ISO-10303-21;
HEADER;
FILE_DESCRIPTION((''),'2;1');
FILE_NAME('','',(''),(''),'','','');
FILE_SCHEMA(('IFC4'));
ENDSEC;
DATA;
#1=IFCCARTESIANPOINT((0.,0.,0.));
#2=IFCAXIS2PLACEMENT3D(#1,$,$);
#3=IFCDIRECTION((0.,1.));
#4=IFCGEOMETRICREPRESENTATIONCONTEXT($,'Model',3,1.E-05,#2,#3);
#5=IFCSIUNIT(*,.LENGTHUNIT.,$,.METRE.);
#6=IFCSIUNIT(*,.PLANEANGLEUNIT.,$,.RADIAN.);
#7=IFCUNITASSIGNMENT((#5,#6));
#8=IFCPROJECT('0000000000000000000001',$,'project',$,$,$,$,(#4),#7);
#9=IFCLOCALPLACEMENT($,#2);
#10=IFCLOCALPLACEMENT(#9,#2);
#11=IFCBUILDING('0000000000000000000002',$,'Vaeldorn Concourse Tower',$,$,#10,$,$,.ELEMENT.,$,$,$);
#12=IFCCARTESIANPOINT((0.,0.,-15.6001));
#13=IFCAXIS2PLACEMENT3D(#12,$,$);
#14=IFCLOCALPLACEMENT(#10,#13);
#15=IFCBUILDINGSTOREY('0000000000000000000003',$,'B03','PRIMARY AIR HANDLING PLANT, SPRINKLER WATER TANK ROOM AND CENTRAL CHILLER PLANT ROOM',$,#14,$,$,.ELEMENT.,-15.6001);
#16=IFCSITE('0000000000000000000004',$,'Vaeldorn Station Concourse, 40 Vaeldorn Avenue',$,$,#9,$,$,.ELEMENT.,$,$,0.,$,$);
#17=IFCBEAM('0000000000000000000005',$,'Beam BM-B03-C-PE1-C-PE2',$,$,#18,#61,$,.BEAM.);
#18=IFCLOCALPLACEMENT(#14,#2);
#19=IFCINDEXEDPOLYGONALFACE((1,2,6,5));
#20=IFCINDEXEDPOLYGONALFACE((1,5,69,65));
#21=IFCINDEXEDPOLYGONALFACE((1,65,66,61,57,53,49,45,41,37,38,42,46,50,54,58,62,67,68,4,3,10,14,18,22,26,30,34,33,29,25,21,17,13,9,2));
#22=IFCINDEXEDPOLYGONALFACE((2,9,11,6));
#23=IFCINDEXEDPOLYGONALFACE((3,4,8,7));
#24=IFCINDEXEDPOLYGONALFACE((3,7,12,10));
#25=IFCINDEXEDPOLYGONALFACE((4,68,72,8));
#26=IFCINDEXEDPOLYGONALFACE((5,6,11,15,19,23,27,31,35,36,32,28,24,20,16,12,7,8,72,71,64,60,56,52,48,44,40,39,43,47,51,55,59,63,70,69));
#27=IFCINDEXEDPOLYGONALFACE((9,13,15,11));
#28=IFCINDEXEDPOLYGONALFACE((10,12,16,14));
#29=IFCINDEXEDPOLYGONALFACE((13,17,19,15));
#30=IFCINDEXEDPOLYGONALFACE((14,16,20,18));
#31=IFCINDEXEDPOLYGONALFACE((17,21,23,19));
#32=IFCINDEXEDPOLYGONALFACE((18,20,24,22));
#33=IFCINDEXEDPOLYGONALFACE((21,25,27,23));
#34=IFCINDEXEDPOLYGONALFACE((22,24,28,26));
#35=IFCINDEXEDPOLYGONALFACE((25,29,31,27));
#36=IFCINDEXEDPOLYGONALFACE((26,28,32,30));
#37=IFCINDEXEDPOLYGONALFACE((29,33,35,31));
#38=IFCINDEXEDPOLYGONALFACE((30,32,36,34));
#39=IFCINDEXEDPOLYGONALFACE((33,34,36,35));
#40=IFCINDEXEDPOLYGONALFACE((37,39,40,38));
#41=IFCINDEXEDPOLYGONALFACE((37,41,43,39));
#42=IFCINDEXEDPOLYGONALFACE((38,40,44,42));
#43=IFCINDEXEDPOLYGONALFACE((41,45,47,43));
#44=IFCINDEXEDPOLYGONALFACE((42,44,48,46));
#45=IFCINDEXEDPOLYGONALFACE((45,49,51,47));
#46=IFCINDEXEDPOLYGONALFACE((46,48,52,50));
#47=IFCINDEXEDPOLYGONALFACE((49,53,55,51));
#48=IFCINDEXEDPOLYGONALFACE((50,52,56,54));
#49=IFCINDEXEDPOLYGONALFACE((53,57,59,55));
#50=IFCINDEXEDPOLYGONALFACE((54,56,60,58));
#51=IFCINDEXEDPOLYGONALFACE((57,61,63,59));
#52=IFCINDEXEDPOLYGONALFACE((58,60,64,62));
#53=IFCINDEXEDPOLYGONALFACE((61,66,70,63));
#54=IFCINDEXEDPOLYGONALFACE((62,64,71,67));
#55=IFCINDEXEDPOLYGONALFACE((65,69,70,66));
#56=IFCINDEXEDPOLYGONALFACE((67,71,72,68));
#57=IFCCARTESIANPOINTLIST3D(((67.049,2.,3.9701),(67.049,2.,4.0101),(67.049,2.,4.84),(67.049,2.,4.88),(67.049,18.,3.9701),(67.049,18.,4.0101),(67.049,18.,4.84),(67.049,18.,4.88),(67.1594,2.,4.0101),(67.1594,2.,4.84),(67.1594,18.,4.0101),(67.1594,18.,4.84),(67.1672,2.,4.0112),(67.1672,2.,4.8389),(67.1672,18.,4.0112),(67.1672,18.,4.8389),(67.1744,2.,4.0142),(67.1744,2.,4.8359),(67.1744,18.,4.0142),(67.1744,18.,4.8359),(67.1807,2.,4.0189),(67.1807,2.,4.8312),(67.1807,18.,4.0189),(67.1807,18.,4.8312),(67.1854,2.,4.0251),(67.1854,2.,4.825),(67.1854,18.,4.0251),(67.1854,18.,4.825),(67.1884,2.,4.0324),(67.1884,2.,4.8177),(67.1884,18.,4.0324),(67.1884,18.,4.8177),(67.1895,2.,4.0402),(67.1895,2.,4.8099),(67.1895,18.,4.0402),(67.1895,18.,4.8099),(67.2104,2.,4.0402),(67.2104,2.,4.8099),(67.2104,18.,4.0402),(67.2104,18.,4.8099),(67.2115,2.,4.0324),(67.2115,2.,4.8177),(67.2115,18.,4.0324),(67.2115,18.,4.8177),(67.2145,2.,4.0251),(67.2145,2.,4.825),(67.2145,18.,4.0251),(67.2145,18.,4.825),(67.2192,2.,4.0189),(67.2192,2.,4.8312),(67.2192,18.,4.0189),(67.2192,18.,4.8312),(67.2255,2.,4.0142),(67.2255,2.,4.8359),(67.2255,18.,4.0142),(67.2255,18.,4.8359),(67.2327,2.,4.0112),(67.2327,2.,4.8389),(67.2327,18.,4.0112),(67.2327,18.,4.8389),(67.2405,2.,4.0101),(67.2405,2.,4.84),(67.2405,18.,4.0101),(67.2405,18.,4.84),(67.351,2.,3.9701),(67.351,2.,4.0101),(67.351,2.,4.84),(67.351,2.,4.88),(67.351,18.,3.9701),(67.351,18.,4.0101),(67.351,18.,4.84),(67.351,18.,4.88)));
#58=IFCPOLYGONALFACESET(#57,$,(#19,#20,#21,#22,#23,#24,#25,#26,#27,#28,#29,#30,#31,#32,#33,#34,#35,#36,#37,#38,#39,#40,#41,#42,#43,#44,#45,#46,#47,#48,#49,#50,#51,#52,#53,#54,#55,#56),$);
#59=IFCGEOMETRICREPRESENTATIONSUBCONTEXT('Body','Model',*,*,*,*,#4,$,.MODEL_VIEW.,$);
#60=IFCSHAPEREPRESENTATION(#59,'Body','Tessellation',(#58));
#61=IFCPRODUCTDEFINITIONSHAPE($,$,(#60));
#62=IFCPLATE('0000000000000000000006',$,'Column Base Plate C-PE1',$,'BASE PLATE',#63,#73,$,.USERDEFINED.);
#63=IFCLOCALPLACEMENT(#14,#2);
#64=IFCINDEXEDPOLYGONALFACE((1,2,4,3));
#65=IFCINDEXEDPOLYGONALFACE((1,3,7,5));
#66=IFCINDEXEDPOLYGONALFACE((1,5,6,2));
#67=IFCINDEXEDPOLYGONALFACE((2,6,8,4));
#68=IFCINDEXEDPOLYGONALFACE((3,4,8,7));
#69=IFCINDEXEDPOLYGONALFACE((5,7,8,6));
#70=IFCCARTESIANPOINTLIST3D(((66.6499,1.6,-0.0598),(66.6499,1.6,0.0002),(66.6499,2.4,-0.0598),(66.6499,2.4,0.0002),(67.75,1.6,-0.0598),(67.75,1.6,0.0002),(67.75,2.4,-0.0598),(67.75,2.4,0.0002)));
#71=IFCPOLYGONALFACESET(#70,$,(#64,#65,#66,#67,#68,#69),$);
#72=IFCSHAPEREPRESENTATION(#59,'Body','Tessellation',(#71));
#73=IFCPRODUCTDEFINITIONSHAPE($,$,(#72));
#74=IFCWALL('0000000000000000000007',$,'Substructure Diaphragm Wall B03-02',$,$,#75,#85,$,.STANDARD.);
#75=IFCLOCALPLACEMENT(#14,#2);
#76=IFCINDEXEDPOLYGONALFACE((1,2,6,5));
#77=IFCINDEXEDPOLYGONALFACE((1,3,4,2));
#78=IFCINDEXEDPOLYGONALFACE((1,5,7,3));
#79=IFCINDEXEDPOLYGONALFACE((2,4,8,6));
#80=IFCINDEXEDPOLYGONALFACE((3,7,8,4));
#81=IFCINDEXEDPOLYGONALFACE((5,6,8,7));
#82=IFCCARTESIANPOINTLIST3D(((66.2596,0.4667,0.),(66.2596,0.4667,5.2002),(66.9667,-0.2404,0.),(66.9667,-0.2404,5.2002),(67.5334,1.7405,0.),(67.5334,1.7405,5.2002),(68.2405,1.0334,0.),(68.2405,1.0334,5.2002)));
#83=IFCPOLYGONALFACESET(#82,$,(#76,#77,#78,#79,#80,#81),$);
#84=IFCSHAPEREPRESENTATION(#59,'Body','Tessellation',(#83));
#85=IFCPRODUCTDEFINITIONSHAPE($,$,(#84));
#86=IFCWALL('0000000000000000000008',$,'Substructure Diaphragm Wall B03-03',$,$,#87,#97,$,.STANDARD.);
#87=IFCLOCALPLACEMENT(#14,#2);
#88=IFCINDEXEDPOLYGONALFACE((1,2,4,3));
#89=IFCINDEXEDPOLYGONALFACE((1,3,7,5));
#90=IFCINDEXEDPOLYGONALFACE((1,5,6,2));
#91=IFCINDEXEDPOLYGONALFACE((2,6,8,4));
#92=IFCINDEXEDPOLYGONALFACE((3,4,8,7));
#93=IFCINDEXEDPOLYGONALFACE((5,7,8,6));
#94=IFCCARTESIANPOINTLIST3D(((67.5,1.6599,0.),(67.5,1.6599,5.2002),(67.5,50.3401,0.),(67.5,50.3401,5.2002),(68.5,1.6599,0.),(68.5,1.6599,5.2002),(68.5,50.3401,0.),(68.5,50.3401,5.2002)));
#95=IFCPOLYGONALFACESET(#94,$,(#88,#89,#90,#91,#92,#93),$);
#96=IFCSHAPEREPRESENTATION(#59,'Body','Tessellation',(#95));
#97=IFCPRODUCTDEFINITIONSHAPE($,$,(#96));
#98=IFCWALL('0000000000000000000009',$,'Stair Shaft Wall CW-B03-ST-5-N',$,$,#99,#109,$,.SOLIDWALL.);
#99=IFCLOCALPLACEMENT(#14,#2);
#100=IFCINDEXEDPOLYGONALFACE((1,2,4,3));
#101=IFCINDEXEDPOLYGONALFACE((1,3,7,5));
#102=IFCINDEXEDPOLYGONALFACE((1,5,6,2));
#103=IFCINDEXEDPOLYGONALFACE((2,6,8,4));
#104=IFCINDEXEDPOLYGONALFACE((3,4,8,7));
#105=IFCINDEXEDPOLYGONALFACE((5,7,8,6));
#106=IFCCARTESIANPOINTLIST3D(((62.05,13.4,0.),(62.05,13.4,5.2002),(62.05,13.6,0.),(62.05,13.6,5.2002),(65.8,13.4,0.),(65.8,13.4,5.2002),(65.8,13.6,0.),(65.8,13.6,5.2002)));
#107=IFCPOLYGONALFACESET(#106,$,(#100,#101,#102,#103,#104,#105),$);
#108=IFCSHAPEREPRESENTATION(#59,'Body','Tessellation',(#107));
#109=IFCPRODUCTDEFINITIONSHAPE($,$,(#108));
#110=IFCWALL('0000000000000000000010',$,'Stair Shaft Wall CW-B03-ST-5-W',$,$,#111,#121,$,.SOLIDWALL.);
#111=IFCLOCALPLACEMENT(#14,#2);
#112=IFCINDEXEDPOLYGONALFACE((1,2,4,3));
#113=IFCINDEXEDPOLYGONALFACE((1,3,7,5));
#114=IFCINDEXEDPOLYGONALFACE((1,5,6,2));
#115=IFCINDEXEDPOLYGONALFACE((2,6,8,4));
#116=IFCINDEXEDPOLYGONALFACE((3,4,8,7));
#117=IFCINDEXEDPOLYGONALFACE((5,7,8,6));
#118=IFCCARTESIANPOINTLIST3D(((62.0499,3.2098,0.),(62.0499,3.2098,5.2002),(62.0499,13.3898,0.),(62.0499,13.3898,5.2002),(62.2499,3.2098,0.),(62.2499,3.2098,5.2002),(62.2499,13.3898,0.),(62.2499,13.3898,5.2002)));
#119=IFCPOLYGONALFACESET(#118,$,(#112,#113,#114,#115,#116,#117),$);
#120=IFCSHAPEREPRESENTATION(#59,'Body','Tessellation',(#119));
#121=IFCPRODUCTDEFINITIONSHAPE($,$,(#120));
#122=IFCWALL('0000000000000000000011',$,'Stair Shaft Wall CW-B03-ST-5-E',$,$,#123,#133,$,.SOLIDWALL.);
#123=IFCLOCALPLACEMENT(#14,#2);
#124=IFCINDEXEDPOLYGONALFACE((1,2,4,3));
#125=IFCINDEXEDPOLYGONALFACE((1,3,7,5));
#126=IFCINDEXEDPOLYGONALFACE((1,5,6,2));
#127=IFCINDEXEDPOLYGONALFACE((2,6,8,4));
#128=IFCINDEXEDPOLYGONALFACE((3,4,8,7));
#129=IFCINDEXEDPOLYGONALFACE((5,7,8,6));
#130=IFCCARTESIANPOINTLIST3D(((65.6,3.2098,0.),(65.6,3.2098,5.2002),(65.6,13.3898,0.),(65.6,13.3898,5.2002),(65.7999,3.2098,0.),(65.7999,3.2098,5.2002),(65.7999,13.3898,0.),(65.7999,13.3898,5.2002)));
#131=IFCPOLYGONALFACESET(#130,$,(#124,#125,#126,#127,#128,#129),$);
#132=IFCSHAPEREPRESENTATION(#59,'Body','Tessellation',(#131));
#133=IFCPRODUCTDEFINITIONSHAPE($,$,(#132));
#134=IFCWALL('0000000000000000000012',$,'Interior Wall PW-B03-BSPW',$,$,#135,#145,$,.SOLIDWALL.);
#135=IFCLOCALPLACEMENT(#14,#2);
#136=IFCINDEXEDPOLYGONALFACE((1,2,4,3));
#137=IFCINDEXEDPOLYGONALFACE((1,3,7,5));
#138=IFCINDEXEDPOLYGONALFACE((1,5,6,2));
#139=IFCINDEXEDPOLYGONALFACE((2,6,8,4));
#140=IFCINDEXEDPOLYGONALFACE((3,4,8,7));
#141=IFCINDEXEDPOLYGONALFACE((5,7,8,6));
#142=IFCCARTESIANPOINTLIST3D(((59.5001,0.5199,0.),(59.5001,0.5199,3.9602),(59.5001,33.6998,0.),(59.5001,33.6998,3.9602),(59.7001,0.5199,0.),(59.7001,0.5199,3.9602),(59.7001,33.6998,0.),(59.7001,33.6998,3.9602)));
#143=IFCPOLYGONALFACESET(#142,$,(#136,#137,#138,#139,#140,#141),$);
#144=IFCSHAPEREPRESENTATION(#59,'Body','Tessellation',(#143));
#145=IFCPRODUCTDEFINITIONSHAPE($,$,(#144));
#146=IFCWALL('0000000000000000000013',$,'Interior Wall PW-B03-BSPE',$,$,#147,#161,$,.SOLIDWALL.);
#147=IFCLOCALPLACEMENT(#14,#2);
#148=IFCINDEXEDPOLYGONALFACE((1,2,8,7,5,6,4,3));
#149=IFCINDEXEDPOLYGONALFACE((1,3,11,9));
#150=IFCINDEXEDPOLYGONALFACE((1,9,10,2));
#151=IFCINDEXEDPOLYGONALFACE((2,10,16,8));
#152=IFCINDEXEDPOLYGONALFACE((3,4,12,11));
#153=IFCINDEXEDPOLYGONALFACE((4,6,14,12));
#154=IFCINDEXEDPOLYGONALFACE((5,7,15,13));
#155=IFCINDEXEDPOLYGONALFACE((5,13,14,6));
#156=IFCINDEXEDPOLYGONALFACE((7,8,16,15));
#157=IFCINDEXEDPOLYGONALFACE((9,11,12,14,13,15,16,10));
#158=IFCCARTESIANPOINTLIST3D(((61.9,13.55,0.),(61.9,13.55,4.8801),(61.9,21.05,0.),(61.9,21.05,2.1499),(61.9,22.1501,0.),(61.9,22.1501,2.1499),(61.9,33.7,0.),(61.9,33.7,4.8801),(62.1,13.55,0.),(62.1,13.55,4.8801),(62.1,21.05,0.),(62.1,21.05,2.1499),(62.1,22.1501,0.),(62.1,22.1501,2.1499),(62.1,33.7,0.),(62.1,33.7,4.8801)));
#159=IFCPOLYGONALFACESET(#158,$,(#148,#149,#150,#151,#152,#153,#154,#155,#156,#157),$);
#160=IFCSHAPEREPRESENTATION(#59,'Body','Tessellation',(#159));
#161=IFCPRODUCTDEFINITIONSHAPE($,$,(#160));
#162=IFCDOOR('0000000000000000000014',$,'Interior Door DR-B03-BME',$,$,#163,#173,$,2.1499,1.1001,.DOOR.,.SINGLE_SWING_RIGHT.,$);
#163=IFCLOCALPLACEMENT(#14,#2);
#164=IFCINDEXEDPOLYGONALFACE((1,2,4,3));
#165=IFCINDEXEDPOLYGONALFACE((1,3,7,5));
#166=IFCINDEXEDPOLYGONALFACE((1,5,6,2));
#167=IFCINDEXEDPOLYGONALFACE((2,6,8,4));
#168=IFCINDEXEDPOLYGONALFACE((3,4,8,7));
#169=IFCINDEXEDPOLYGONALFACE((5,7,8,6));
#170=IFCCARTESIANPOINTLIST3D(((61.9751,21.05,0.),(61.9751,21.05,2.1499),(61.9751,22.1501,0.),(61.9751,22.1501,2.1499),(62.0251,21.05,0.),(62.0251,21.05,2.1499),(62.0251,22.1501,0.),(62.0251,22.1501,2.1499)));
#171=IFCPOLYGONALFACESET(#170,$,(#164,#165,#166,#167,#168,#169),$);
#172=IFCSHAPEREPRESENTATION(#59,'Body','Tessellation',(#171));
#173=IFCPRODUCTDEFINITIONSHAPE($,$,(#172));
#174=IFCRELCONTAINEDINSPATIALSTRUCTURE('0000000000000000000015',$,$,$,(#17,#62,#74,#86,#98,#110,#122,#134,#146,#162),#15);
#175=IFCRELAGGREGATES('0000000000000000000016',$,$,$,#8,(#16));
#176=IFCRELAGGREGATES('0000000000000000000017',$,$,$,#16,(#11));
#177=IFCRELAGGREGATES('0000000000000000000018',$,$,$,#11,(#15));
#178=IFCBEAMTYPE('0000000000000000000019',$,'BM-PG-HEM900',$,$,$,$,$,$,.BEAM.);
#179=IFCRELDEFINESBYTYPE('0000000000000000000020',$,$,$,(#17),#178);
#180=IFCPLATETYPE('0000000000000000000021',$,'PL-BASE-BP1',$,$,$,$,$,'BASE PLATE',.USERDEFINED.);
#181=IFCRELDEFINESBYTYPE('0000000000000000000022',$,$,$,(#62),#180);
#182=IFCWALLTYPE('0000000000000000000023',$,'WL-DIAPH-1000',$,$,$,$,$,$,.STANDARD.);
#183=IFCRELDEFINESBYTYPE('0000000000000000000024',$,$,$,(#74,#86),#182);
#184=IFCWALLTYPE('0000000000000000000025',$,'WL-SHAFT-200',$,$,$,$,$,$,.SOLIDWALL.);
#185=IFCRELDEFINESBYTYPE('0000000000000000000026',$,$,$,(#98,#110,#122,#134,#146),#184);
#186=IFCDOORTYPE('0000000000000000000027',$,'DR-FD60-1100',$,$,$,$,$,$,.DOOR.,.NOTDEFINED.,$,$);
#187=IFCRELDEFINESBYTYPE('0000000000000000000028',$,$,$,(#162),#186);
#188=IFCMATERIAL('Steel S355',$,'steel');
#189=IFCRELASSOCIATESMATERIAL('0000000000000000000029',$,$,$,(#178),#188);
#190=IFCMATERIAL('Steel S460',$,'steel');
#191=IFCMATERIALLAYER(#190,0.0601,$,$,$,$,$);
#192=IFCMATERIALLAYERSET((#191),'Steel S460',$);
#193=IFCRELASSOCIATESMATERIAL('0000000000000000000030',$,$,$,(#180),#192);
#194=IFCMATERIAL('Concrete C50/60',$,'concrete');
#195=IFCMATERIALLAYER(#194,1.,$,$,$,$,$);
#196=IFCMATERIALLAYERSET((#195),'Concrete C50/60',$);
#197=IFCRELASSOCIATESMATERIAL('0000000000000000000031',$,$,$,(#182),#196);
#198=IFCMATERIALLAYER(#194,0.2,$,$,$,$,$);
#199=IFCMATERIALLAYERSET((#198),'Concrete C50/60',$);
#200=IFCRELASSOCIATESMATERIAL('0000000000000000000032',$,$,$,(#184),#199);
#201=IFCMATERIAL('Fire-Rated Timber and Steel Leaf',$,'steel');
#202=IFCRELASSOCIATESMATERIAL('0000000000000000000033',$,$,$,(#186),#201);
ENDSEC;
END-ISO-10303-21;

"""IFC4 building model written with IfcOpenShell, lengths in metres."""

from ifc_helpers import new_model, si_unit, direction, frame, frame_2d, origin, origin_2d, place, context, subcontext, project, spatial, rectangle, i_section, extrude, source, transform, mapped, material, layer, layer_set, material_profile, profile_set, type_object, element, fill, save


model = new_model("IFC4")

# Units and contexts
model_context = context("Model", 3, precision=1e-05, world=origin(), true_north=direction((0.0, 1.0)))
body_context = subcontext(model_context, "Body", "Model", "MODEL_VIEW")
ifc_project = project(units=[si_unit("LENGTHUNIT", "METRE"), si_unit("PLANEANGLEUNIT", "RADIAN")], contexts=[model_context])

# Site, building, storey
site_placement = place(None, origin())
site = spatial("IfcSite", under=ifc_project, at=site_placement, Name="Vaeldorn Station Concourse, 40 Vaeldorn Avenue", CompositionType="ELEMENT", RefElevation=0.0)
building_placement = place(site_placement, origin())
building = spatial("IfcBuilding", under=site, at=building_placement, Name="Vaeldorn Concourse Tower", CompositionType="ELEMENT")
storey_placement = place(building_placement, frame((0.0, 0.0, -15.6001)))
storey = spatial("IfcBuildingStorey", under=building, at=storey_placement, Name="B03", Description="PRIMARY AIR HANDLING PLANT, SPRINKLER WATER TANK ROOM AND CENTRAL CHILLER PLANT ROOM", CompositionType="ELEMENT", Elevation=-15.6001)

# Shared definitions
ifc_material_1 = material(Name="Concrete C50/60", Category="concrete")

# Shared definitions
ifc_material_2 = material(Name="Steel S460", Category="steel")

# Beam
ifc_material_3 = material(Name="Steel S355", Category="steel")
ifc_material_profile_1 = material_profile(ifc_material_3, i_section(OverallWidth=0.302, OverallDepth=0.9099, WebThickness=0.021, FlangeThickness=0.04, FilletRadius=0.03, at=origin_2d()), Name="HEM 900")
ifc_profile_set_1 = profile_set([ifc_material_profile_1], Name="Steel S355")
beam_type = type_object("IfcBeamType", Name="BM-PG-HEM900", PredefinedType="BEAM", material=ifc_profile_set_1)
shared_shape_1 = source(origin(), body_context, "Body", "SweptSolid", [
    extrude(i_section(OverallWidth=0.302, OverallDepth=0.9099, WebThickness=0.021, FlangeThickness=0.04, FilletRadius=0.03, at=origin_2d()), origin(), (0.0, 0.0, 1.0), 16.0),
])
beam_placement = place(storey_placement, frame((67.2, 2.0, 4.425), z_axis=(0.0, 1.0, 0.0), x_axis=(-1.0, 0.0, 0.0)))
element("IfcBeam", 1, at=beam_placement, inside=storey, type_object=beam_type, Name="Beam BM-B03-C-PE1-C-PE2", PredefinedType="BEAM", context=body_context, shape_type="MappedRepresentation", body=[
    mapped(shared_shape_1, transform((0.0, 0.0, 0.0), scale=1.0)),
])

# Plate
ifc_layer_1 = layer(ifc_material_2, 0.0601)
ifc_layer_set_1 = layer_set([ifc_layer_1], Name="Steel S460")
plate_type = type_object("IfcPlateType", Name="PL-BASE-BP1", ElementType="BASE PLATE", PredefinedType="USERDEFINED", material=ifc_layer_set_1)
shared_shape_2 = source(origin(), body_context, "Body", "SweptSolid", [
    extrude(rectangle(XDim=1.1001, YDim=0.8, at=origin_2d()), origin(), (0.0, 0.0, 1.0), 0.0601),
])
plate_placement = place(storey_placement, frame((67.2, 2.0, -0.0598), z_axis=(0.0, 0.0, 1.0), x_axis=(1.0, 0.0, 0.0)))
element("IfcPlate", 2, at=plate_placement, inside=storey, type_object=plate_type, Name="Column Base Plate C-PE1", ObjectType="BASE PLATE", PredefinedType="USERDEFINED", context=body_context, shape_type="MappedRepresentation", body=[
    mapped(shared_shape_2, transform((0.0, 0.0, 0.0), scale=1.0)),
])

# Walls
ifc_layer_2 = layer(ifc_material_1, 1.0)
ifc_layer_set_2 = layer_set([ifc_layer_2], Name="Concrete C50/60")
wall_type_1 = type_object("IfcWallType", Name="WL-DIAPH-1000", PredefinedType="STANDARD", material=ifc_layer_set_2)
wall_1_placement = place(storey_placement, frame((66.613, 0.113, 0.0), z_axis=(0.0, 0.0, 1.0), x_axis=(0.707107, 0.707107, 0.0)))
element("IfcWall", 3, at=wall_1_placement, inside=storey, type_object=wall_type_1, Name="Substructure Diaphragm Wall B03-02", PredefinedType="STANDARD", context=body_context, shape_type="SweptSolid", body=[
    extrude(rectangle(XDim=1.8015, YDim=1.0, at=frame_2d((0.9009, 0.0))), origin(), (0.0, 0.0, 1.0), 5.2002),
])
wall_2_placement = place(storey_placement, frame((68.0, 1.6599, 0.0), z_axis=(0.0, 0.0, 1.0), x_axis=(0.0, 1.0, 0.0)))
element("IfcWall", 4, at=wall_2_placement, inside=storey, type_object=wall_type_1, Name="Substructure Diaphragm Wall B03-03", PredefinedType="STANDARD", context=body_context, shape_type="SweptSolid", body=[
    extrude(rectangle(XDim=48.6802, YDim=1.0, at=frame_2d((24.3401, 0.0))), origin(), (0.0, 0.0, 1.0), 5.2002),
])

# Shared definitions
ifc_layer_3 = layer(ifc_material_1, 0.2)
ifc_layer_set_3 = layer_set([ifc_layer_3], Name="Concrete C50/60")
wall_type_2 = type_object("IfcWallType", Name="WL-SHAFT-200", PredefinedType="SOLIDWALL", material=ifc_layer_set_3)
ifc_material_4 = material(Name="Fire-Rated Timber and Steel Leaf", Category="steel")
door_type = type_object("IfcDoorType", Name="DR-FD60-1100", OperationType="NOTDEFINED", PredefinedType="DOOR", material=ifc_material_4)
shared_shape_3 = source(origin(), body_context, "Body", "SweptSolid", [
    extrude(rectangle(XDim=1.1001, YDim=2.1499, at=frame_2d((0.55, 1.075))), frame((0.0, 0.0249, 0.0), z_axis=(0.0, -1.0, 0.0), x_axis=(1.0, 0.0, 0.0)), (0.0, 0.0, 1.0), 0.05),
])

# Walls
wall_3_placement = place(storey_placement, frame((62.05, 13.5, 0.0), z_axis=(0.0, 0.0, 1.0), x_axis=(1.0, 0.0, 0.0)))
element("IfcWall", 5, at=wall_3_placement, inside=storey, type_object=wall_type_2, Name="Stair Shaft Wall CW-B03-ST-5-N", PredefinedType="SOLIDWALL", context=body_context, shape_type="SweptSolid", body=[
    extrude(rectangle(XDim=3.75, YDim=0.2, at=frame_2d((1.875, 0.0))), origin(), (0.0, 0.0, 1.0), 5.2002),
])
for number, where, z_axis, x_axis, name in (
    (6, (62.1499, 3.21, 0.0), (0.0, 0.0, 1.0), (0.0, 1.0, 0.0), "Stair Shaft Wall CW-B03-ST-5-W"),
    (7, (65.7, 3.21, 0.0), (0.0, 0.0, 1.0), (0.0, 1.0, 0.0), "Stair Shaft Wall CW-B03-ST-5-E"),
):
    element("IfcWall", number, at=place(storey_placement, frame(where, z_axis=z_axis, x_axis=x_axis)), inside=storey, type_object=wall_type_2, Name=name, PredefinedType="SOLIDWALL", context=body_context, shape_type="SweptSolid", body=[
        extrude(rectangle(XDim=10.1799, YDim=0.2, at=frame_2d((5.0898, 0.0))), origin(), (0.0, 0.0, 1.0), 5.2002),
    ])
wall_4_placement = place(storey_placement, frame((59.6001, 0.52, 0.0), z_axis=(0.0, 0.0, 1.0), x_axis=(0.0, 1.0, 0.0)))
element("IfcWall", 8, at=wall_4_placement, inside=storey, type_object=wall_type_2, Name="Interior Wall PW-B03-BSPW", PredefinedType="SOLIDWALL", context=body_context, shape_type="SweptSolid", body=[
    extrude(rectangle(XDim=33.1799, YDim=0.2, at=frame_2d((16.5898, 0.0))), origin(), (0.0, 0.0, 1.0), 3.9602),
])

# Wall, opening, door
wall_5_placement = place(storey_placement, frame((62.0, 13.55, 0.0), z_axis=(0.0, 0.0, 1.0), x_axis=(0.0, 1.0, 0.0)))
wall_5 = element("IfcWall", 9, at=wall_5_placement, inside=storey, type_object=wall_type_2, Name="Interior Wall PW-B03-BSPE", PredefinedType="SOLIDWALL", context=body_context, shape_type="SweptSolid", body=[
    extrude(rectangle(XDim=20.1499, YDim=0.2, at=frame_2d((10.075, 0.0))), origin(), (0.0, 0.0, 1.0), 4.8801),
])
opening_1_placement = place(wall_5_placement, frame((7.5, 0.0, 0.0)))
opening_1 = element("IfcOpeningElement", 10, at=opening_1_placement, cuts=wall_5, PredefinedType="OPENING", context=body_context, shape_type="SweptSolid", body=[
    extrude(rectangle(XDim=1.1001, YDim=2.1499, at=frame_2d((0.55, 1.075))), frame((0.0, 0.1099, 0.0), z_axis=(0.0, -1.0, 0.0), x_axis=(1.0, 0.0, 0.0)), (0.0, 0.0, 1.0), 0.22),
])
door_1_placement = place(opening_1_placement, origin())
door_1 = element("IfcDoor", 11, at=door_1_placement, inside=storey, type_object=door_type, Name="Interior Door DR-B03-BME", OperationType="SINGLE_SWING_RIGHT", OverallHeight=2.1499, OverallWidth=1.1001, PredefinedType="DOOR", context=body_context, shape_type="MappedRepresentation", body=[
    mapped(shared_shape_3, transform((0.0, 0.0, 0.0), scale=1.0)),
])
fill(opening_1, door_1)

save(model, "model.ifc")
